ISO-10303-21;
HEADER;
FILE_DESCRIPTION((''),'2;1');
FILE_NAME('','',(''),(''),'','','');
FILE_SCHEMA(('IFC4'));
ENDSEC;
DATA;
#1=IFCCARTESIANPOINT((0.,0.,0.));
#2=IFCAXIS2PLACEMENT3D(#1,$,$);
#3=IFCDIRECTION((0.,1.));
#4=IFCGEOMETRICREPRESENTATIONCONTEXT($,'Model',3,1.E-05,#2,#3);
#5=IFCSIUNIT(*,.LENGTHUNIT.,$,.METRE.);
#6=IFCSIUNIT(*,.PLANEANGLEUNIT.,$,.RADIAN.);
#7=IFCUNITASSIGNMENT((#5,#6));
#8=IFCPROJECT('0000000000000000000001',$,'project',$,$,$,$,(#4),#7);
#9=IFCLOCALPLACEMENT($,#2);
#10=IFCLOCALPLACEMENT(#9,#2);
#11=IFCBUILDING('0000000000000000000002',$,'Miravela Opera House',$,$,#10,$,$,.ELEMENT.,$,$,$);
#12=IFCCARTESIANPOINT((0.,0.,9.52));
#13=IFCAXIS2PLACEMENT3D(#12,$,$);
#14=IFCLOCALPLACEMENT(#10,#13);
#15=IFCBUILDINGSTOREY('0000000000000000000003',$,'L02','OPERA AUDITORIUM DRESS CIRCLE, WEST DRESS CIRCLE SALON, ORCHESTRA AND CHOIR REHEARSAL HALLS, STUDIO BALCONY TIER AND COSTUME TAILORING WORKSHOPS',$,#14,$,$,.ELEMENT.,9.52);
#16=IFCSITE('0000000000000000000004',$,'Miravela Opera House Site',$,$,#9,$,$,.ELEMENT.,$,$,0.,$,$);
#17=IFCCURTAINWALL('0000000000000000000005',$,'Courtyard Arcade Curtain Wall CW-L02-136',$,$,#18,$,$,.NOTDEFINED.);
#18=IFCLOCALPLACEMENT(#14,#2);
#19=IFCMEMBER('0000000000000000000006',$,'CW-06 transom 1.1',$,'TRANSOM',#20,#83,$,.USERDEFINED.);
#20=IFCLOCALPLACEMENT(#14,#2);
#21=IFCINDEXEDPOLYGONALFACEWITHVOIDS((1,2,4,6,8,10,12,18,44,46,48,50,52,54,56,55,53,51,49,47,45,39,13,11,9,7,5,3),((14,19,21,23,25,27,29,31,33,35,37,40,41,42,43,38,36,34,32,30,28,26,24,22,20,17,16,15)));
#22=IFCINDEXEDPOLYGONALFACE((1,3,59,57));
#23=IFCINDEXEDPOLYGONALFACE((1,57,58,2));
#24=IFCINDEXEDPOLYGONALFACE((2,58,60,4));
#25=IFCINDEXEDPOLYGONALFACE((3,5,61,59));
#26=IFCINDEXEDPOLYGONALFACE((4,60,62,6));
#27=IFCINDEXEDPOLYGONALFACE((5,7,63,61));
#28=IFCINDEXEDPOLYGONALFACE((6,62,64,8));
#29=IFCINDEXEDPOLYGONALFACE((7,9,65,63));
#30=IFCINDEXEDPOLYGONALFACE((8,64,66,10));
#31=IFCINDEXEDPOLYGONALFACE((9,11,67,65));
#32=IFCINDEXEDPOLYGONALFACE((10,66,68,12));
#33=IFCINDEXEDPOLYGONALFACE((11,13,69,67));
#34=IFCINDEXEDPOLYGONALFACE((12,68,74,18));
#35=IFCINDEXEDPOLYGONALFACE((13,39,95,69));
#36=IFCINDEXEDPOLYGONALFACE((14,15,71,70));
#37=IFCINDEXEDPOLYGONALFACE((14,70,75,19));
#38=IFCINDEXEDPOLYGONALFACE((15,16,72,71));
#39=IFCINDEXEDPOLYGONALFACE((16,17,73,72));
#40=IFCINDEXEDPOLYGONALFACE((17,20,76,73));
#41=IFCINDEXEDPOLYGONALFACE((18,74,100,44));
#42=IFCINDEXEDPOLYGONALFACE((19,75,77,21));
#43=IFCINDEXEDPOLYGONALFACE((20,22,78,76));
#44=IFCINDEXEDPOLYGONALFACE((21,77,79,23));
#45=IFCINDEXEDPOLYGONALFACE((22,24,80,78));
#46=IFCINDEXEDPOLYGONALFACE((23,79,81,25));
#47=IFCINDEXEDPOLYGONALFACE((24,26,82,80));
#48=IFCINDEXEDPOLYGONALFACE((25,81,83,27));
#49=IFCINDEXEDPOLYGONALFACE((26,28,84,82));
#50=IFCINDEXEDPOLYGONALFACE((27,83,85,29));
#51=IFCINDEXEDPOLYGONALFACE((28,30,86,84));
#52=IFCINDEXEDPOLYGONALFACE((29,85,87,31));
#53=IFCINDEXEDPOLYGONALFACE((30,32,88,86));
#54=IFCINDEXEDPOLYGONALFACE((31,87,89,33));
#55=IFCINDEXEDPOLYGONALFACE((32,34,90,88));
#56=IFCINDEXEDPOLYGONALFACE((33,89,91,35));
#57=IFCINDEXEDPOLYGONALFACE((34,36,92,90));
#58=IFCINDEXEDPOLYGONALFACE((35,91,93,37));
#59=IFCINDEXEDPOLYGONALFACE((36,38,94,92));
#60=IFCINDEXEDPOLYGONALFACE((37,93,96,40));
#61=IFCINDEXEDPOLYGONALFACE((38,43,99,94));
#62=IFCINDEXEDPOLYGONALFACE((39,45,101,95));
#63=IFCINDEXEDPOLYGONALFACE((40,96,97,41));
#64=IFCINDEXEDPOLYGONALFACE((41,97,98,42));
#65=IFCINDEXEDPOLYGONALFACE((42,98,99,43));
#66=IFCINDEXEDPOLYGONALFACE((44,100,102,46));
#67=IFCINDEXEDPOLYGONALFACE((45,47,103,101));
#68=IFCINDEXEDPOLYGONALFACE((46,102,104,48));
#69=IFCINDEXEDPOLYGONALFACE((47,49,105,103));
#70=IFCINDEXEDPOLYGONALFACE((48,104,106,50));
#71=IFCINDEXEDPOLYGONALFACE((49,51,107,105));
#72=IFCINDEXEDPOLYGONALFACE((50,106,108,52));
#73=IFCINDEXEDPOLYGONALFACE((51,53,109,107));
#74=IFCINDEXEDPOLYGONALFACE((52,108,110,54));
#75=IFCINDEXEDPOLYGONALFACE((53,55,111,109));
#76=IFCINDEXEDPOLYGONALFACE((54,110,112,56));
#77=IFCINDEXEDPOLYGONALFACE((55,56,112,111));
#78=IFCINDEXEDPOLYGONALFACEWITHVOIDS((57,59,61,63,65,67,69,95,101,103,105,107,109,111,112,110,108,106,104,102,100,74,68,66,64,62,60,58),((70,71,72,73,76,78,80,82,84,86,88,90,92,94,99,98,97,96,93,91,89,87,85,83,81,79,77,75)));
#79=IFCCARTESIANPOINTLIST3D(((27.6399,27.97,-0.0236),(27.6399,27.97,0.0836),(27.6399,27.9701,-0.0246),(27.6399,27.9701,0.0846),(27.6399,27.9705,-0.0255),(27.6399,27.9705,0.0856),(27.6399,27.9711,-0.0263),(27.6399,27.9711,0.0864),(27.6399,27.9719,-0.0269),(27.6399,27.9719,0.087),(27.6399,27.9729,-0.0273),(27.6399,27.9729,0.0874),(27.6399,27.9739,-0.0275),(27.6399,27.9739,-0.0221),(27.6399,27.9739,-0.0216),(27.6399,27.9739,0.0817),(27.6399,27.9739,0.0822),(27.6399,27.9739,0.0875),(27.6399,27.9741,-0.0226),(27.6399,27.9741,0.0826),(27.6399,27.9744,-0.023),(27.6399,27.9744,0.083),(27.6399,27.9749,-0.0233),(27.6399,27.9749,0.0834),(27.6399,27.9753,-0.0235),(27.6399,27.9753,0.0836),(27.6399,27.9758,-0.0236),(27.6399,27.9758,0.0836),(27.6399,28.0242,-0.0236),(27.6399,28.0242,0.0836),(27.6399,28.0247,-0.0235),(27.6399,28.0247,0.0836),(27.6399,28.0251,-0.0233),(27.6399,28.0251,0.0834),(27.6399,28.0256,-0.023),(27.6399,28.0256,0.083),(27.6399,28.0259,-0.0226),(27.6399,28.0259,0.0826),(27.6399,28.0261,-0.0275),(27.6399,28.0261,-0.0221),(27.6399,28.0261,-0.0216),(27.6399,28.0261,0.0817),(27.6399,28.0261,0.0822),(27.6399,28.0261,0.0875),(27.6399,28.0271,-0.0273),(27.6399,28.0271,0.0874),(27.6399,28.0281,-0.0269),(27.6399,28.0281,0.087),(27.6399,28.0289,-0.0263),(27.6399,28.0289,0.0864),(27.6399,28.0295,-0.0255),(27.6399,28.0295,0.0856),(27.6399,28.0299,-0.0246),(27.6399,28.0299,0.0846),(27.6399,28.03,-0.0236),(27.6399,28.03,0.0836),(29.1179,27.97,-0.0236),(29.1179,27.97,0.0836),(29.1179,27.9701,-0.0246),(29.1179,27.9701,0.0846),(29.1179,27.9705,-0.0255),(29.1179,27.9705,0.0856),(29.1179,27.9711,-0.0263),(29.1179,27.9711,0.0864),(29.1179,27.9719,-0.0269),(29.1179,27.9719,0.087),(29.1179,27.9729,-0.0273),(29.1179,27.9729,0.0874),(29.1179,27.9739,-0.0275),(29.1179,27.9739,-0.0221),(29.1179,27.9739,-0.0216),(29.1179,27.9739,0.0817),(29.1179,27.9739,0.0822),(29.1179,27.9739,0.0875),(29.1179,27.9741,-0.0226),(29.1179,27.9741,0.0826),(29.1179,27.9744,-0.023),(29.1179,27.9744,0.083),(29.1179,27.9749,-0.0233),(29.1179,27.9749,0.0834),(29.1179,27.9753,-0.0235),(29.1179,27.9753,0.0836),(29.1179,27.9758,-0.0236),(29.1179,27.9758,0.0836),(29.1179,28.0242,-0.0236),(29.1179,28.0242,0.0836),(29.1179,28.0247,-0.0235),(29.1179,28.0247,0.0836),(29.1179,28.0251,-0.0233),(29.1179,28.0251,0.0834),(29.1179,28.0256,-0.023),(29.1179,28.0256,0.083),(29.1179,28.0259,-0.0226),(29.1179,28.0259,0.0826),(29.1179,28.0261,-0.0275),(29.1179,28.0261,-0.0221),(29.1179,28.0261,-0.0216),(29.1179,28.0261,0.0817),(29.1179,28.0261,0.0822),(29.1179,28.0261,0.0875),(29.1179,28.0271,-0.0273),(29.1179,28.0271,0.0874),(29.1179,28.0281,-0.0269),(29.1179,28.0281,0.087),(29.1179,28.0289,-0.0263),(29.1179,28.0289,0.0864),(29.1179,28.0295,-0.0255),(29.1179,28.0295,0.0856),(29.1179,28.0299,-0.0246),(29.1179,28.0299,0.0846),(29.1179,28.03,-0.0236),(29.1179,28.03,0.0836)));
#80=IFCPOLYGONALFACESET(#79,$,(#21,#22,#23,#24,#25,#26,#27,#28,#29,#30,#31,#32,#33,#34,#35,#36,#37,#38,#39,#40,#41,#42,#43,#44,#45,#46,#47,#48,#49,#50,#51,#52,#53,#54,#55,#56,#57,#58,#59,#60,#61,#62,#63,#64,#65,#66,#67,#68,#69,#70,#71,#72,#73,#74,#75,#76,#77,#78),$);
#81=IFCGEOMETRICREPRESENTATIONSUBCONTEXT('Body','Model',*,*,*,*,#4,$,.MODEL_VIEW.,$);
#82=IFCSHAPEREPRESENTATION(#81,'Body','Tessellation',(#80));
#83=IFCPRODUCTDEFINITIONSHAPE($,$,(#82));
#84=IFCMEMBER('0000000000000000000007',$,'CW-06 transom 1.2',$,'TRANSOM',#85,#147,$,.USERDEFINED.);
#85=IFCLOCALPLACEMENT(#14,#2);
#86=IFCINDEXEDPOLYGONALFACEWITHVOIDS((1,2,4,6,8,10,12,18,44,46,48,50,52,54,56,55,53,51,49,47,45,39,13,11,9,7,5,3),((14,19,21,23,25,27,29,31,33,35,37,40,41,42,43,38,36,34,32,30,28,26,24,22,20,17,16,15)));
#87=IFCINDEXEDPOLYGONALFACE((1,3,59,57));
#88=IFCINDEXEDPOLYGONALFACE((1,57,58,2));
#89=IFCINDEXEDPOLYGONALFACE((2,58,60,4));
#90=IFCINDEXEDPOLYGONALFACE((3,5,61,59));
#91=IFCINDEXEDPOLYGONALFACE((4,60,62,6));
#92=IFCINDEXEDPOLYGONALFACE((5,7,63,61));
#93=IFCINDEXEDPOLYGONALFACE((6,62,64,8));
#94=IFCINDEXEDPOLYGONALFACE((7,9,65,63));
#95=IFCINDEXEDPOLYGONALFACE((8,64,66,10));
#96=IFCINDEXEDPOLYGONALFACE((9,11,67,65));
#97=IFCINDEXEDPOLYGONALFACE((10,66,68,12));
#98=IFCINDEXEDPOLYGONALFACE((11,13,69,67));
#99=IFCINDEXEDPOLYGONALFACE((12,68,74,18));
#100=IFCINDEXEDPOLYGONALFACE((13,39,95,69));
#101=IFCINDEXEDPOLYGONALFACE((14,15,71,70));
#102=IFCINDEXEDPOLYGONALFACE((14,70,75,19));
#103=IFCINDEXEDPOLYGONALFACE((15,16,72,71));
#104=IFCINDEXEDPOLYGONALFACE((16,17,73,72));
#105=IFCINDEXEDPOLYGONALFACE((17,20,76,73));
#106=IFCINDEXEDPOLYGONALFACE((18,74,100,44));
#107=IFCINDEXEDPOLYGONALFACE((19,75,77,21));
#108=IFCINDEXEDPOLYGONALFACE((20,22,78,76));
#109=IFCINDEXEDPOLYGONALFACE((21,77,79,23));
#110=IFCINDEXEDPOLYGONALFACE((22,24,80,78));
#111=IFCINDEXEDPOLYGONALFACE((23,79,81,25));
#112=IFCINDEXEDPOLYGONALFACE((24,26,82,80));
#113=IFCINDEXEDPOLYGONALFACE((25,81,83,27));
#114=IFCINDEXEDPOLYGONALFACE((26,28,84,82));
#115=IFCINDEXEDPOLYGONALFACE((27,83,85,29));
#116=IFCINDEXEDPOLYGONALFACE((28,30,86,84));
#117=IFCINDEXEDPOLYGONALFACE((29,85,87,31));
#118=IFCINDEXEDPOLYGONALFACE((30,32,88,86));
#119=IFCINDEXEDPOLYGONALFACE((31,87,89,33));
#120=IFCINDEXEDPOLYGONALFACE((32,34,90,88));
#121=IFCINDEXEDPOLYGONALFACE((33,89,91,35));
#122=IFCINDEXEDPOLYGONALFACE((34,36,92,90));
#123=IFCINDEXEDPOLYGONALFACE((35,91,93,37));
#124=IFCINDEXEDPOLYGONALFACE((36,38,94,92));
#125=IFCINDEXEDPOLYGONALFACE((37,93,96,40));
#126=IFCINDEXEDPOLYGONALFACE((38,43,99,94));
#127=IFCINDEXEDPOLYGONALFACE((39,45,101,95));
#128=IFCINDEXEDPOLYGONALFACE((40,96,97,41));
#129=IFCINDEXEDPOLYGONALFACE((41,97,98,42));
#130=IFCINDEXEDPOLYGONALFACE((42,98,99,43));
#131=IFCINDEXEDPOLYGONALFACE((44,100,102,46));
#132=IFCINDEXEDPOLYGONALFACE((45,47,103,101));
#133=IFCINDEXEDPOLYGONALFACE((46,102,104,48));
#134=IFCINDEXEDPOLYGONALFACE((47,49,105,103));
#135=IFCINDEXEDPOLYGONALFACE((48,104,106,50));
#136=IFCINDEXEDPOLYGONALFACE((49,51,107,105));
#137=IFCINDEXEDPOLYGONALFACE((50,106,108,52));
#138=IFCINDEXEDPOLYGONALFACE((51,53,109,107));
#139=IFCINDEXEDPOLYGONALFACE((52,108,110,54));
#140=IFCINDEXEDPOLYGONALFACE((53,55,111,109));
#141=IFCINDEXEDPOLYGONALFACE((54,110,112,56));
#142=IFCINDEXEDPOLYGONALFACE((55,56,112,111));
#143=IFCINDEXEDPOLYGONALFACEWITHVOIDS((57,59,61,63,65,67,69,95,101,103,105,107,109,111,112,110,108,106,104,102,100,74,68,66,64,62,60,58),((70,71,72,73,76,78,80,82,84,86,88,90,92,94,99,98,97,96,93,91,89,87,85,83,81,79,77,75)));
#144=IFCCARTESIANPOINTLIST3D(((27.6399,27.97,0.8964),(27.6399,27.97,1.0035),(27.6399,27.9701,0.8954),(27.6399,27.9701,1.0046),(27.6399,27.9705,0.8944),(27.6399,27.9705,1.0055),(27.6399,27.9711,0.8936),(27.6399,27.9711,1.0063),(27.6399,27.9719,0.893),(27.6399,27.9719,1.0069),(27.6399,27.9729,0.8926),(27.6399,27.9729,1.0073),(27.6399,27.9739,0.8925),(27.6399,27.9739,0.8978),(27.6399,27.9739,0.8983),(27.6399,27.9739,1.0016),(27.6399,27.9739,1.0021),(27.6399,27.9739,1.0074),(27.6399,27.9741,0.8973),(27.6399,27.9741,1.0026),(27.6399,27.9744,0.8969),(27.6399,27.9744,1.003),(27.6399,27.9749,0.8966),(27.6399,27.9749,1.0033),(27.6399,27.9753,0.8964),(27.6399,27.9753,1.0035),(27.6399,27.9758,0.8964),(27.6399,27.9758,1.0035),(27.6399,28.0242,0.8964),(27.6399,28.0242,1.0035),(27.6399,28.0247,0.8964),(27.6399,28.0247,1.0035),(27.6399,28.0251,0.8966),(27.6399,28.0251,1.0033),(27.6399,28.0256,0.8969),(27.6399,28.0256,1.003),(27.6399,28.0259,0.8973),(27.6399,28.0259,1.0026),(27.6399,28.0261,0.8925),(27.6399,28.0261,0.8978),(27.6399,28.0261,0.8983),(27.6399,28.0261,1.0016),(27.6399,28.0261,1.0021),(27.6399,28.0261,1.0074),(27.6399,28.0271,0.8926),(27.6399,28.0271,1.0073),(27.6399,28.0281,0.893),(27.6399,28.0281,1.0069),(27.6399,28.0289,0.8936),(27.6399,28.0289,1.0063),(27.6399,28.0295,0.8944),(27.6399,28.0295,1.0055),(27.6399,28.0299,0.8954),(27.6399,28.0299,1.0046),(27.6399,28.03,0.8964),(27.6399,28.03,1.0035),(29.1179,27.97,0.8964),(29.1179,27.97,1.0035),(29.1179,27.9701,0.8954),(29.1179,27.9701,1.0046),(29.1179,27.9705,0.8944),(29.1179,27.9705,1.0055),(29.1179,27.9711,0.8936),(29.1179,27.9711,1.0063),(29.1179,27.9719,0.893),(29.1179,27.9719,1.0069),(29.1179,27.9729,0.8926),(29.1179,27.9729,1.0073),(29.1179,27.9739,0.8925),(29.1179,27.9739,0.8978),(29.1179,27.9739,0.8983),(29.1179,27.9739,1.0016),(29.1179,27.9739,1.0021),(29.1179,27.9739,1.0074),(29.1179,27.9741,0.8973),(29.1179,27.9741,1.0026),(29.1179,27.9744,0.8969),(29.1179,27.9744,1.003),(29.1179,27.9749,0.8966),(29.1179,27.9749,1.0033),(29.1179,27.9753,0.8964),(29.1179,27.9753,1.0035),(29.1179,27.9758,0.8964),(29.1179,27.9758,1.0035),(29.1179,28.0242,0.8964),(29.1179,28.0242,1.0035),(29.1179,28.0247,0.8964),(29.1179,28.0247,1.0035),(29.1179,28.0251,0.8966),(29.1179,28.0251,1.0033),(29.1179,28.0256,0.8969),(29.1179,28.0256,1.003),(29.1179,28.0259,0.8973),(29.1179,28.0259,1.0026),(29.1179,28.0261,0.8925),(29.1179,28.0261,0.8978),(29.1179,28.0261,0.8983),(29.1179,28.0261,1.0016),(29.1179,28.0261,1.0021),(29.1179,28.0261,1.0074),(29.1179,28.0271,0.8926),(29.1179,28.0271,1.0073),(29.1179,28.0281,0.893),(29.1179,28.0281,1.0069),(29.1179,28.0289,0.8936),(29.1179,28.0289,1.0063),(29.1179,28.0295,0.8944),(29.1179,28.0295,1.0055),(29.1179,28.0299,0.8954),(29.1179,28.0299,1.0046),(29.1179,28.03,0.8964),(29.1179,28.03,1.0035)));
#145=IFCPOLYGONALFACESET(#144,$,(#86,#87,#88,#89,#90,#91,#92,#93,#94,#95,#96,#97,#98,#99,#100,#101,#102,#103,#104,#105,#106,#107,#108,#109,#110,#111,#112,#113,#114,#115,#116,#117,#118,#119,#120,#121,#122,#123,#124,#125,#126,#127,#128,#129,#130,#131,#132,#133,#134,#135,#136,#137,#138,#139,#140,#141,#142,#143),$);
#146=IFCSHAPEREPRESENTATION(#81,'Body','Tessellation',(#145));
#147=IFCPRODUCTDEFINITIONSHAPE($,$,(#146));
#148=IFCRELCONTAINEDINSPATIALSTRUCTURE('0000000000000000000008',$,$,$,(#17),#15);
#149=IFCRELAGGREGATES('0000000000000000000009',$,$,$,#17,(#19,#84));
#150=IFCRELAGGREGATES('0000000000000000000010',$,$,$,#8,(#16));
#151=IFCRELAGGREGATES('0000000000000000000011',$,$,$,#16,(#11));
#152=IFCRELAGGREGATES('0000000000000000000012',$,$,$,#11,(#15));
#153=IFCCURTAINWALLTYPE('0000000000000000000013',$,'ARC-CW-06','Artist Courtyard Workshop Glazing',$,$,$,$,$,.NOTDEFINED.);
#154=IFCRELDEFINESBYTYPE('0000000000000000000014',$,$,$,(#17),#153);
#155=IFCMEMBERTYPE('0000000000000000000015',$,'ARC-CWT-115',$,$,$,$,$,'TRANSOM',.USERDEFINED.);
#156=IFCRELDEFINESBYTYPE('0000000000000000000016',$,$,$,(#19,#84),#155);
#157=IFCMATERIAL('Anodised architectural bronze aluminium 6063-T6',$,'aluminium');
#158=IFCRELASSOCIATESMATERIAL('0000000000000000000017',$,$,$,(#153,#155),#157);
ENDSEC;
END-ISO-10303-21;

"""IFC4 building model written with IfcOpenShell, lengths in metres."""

from ifc_helpers import new_model, si_unit, direction, frame, origin, origin_2d, place, context, subcontext, project, spatial, hollow_rectangle, extrude, material, material_profile, profile_set, type_object, element, aggregate, save


model = new_model("IFC4")

# Units and contexts
model_context = context("Model", 3, precision=1e-05, world=origin(), true_north=direction((0.0, 1.0)))
body_context = subcontext(model_context, "Body", "Model", "MODEL_VIEW")
ifc_project = project(units=[si_unit("LENGTHUNIT", "METRE"), si_unit("PLANEANGLEUNIT", "RADIAN")], contexts=[model_context])

# Site, building, storey
site_placement = place(None, origin())
site = spatial("IfcSite", under=ifc_project, at=site_placement, Name="Miravela Opera House Site", CompositionType="ELEMENT", RefElevation=0.0)
building_placement = place(site_placement, origin())
building = spatial("IfcBuilding", under=site, at=building_placement, Name="Miravela Opera House", CompositionType="ELEMENT")
storey_placement = place(building_placement, frame((0.0, 0.0, 9.52)))
storey = spatial("IfcBuildingStorey", under=building, at=storey_placement, Name="L02", Description="OPERA AUDITORIUM DRESS CIRCLE, WEST DRESS CIRCLE SALON, ORCHESTRA AND CHOIR REHEARSAL HALLS, STUDIO BALCONY TIER AND COSTUME TAILORING WORKSHOPS", CompositionType="ELEMENT", Elevation=9.52)

# Curtain wall
ifc_material_1 = material(Name="Anodised architectural bronze aluminium 6063-T6", Category="aluminium")
curtain_wall_type = type_object("IfcCurtainWallType", Name="ARC-CW-06", Description="Artist Courtyard Workshop Glazing", PredefinedType="NOTDEFINED", material=ifc_material_1)
curtain_wall_1_placement = place(storey_placement, origin())
curtain_wall_1 = element("IfcCurtainWall", 1, at=curtain_wall_1_placement, inside=storey, type_object=curtain_wall_type, Name="Courtyard Arcade Curtain Wall CW-L02-136", PredefinedType="NOTDEFINED")

# Members
ifc_material_profile_1 = material_profile(ifc_material_1, hollow_rectangle(XDim=0.0601, YDim=0.115, WallThickness=0.0039, InnerFilletRadius=0.002, OuterFilletRadius=0.0039, at=origin_2d()), Name="CWT-60X115")
ifc_profile_set_1 = profile_set([ifc_material_profile_1])
member_type_1 = type_object("IfcMemberType", Name="ARC-CWT-115", ElementType="TRANSOM", PredefinedType="USERDEFINED", material=ifc_profile_set_1)
member_1_placement = place(storey_placement, frame((27.6399, 28.0, 0.03), z_axis=(1.0, 0.0, 0.0), x_axis=(0.0, 1.0, 0.0)))
member_1 = element("IfcMember", 2, at=member_1_placement, type_object=member_type_1, Name="CW-06 transom 1.1", ObjectType="TRANSOM", PredefinedType="USERDEFINED", context=body_context, shape_type="SweptSolid", body=[
    extrude(hollow_rectangle(XDim=0.0601, YDim=0.115, WallThickness=0.0039, InnerFilletRadius=0.002, OuterFilletRadius=0.0039, at=origin_2d()), origin(), (0.0, 0.0, 1.0), 1.478),
])
member_2_placement = place(storey_placement, frame((27.6399, 28.0, 0.95), z_axis=(1.0, 0.0, 0.0), x_axis=(0.0, 1.0, 0.0)))
member_2 = element("IfcMember", 3, at=member_2_placement, type_object=member_type_1, Name="CW-06 transom 1.2", ObjectType="TRANSOM", PredefinedType="USERDEFINED", context=body_context, shape_type="SweptSolid", body=[
    extrude(hollow_rectangle(XDim=0.0601, YDim=0.115, WallThickness=0.0039, InnerFilletRadius=0.002, OuterFilletRadius=0.0039, at=origin_2d()), origin(), (0.0, 0.0, 1.0), 1.478),
])

aggregate(curtain_wall_1, [member_1, member_2])

save(model, "model.ifc")
